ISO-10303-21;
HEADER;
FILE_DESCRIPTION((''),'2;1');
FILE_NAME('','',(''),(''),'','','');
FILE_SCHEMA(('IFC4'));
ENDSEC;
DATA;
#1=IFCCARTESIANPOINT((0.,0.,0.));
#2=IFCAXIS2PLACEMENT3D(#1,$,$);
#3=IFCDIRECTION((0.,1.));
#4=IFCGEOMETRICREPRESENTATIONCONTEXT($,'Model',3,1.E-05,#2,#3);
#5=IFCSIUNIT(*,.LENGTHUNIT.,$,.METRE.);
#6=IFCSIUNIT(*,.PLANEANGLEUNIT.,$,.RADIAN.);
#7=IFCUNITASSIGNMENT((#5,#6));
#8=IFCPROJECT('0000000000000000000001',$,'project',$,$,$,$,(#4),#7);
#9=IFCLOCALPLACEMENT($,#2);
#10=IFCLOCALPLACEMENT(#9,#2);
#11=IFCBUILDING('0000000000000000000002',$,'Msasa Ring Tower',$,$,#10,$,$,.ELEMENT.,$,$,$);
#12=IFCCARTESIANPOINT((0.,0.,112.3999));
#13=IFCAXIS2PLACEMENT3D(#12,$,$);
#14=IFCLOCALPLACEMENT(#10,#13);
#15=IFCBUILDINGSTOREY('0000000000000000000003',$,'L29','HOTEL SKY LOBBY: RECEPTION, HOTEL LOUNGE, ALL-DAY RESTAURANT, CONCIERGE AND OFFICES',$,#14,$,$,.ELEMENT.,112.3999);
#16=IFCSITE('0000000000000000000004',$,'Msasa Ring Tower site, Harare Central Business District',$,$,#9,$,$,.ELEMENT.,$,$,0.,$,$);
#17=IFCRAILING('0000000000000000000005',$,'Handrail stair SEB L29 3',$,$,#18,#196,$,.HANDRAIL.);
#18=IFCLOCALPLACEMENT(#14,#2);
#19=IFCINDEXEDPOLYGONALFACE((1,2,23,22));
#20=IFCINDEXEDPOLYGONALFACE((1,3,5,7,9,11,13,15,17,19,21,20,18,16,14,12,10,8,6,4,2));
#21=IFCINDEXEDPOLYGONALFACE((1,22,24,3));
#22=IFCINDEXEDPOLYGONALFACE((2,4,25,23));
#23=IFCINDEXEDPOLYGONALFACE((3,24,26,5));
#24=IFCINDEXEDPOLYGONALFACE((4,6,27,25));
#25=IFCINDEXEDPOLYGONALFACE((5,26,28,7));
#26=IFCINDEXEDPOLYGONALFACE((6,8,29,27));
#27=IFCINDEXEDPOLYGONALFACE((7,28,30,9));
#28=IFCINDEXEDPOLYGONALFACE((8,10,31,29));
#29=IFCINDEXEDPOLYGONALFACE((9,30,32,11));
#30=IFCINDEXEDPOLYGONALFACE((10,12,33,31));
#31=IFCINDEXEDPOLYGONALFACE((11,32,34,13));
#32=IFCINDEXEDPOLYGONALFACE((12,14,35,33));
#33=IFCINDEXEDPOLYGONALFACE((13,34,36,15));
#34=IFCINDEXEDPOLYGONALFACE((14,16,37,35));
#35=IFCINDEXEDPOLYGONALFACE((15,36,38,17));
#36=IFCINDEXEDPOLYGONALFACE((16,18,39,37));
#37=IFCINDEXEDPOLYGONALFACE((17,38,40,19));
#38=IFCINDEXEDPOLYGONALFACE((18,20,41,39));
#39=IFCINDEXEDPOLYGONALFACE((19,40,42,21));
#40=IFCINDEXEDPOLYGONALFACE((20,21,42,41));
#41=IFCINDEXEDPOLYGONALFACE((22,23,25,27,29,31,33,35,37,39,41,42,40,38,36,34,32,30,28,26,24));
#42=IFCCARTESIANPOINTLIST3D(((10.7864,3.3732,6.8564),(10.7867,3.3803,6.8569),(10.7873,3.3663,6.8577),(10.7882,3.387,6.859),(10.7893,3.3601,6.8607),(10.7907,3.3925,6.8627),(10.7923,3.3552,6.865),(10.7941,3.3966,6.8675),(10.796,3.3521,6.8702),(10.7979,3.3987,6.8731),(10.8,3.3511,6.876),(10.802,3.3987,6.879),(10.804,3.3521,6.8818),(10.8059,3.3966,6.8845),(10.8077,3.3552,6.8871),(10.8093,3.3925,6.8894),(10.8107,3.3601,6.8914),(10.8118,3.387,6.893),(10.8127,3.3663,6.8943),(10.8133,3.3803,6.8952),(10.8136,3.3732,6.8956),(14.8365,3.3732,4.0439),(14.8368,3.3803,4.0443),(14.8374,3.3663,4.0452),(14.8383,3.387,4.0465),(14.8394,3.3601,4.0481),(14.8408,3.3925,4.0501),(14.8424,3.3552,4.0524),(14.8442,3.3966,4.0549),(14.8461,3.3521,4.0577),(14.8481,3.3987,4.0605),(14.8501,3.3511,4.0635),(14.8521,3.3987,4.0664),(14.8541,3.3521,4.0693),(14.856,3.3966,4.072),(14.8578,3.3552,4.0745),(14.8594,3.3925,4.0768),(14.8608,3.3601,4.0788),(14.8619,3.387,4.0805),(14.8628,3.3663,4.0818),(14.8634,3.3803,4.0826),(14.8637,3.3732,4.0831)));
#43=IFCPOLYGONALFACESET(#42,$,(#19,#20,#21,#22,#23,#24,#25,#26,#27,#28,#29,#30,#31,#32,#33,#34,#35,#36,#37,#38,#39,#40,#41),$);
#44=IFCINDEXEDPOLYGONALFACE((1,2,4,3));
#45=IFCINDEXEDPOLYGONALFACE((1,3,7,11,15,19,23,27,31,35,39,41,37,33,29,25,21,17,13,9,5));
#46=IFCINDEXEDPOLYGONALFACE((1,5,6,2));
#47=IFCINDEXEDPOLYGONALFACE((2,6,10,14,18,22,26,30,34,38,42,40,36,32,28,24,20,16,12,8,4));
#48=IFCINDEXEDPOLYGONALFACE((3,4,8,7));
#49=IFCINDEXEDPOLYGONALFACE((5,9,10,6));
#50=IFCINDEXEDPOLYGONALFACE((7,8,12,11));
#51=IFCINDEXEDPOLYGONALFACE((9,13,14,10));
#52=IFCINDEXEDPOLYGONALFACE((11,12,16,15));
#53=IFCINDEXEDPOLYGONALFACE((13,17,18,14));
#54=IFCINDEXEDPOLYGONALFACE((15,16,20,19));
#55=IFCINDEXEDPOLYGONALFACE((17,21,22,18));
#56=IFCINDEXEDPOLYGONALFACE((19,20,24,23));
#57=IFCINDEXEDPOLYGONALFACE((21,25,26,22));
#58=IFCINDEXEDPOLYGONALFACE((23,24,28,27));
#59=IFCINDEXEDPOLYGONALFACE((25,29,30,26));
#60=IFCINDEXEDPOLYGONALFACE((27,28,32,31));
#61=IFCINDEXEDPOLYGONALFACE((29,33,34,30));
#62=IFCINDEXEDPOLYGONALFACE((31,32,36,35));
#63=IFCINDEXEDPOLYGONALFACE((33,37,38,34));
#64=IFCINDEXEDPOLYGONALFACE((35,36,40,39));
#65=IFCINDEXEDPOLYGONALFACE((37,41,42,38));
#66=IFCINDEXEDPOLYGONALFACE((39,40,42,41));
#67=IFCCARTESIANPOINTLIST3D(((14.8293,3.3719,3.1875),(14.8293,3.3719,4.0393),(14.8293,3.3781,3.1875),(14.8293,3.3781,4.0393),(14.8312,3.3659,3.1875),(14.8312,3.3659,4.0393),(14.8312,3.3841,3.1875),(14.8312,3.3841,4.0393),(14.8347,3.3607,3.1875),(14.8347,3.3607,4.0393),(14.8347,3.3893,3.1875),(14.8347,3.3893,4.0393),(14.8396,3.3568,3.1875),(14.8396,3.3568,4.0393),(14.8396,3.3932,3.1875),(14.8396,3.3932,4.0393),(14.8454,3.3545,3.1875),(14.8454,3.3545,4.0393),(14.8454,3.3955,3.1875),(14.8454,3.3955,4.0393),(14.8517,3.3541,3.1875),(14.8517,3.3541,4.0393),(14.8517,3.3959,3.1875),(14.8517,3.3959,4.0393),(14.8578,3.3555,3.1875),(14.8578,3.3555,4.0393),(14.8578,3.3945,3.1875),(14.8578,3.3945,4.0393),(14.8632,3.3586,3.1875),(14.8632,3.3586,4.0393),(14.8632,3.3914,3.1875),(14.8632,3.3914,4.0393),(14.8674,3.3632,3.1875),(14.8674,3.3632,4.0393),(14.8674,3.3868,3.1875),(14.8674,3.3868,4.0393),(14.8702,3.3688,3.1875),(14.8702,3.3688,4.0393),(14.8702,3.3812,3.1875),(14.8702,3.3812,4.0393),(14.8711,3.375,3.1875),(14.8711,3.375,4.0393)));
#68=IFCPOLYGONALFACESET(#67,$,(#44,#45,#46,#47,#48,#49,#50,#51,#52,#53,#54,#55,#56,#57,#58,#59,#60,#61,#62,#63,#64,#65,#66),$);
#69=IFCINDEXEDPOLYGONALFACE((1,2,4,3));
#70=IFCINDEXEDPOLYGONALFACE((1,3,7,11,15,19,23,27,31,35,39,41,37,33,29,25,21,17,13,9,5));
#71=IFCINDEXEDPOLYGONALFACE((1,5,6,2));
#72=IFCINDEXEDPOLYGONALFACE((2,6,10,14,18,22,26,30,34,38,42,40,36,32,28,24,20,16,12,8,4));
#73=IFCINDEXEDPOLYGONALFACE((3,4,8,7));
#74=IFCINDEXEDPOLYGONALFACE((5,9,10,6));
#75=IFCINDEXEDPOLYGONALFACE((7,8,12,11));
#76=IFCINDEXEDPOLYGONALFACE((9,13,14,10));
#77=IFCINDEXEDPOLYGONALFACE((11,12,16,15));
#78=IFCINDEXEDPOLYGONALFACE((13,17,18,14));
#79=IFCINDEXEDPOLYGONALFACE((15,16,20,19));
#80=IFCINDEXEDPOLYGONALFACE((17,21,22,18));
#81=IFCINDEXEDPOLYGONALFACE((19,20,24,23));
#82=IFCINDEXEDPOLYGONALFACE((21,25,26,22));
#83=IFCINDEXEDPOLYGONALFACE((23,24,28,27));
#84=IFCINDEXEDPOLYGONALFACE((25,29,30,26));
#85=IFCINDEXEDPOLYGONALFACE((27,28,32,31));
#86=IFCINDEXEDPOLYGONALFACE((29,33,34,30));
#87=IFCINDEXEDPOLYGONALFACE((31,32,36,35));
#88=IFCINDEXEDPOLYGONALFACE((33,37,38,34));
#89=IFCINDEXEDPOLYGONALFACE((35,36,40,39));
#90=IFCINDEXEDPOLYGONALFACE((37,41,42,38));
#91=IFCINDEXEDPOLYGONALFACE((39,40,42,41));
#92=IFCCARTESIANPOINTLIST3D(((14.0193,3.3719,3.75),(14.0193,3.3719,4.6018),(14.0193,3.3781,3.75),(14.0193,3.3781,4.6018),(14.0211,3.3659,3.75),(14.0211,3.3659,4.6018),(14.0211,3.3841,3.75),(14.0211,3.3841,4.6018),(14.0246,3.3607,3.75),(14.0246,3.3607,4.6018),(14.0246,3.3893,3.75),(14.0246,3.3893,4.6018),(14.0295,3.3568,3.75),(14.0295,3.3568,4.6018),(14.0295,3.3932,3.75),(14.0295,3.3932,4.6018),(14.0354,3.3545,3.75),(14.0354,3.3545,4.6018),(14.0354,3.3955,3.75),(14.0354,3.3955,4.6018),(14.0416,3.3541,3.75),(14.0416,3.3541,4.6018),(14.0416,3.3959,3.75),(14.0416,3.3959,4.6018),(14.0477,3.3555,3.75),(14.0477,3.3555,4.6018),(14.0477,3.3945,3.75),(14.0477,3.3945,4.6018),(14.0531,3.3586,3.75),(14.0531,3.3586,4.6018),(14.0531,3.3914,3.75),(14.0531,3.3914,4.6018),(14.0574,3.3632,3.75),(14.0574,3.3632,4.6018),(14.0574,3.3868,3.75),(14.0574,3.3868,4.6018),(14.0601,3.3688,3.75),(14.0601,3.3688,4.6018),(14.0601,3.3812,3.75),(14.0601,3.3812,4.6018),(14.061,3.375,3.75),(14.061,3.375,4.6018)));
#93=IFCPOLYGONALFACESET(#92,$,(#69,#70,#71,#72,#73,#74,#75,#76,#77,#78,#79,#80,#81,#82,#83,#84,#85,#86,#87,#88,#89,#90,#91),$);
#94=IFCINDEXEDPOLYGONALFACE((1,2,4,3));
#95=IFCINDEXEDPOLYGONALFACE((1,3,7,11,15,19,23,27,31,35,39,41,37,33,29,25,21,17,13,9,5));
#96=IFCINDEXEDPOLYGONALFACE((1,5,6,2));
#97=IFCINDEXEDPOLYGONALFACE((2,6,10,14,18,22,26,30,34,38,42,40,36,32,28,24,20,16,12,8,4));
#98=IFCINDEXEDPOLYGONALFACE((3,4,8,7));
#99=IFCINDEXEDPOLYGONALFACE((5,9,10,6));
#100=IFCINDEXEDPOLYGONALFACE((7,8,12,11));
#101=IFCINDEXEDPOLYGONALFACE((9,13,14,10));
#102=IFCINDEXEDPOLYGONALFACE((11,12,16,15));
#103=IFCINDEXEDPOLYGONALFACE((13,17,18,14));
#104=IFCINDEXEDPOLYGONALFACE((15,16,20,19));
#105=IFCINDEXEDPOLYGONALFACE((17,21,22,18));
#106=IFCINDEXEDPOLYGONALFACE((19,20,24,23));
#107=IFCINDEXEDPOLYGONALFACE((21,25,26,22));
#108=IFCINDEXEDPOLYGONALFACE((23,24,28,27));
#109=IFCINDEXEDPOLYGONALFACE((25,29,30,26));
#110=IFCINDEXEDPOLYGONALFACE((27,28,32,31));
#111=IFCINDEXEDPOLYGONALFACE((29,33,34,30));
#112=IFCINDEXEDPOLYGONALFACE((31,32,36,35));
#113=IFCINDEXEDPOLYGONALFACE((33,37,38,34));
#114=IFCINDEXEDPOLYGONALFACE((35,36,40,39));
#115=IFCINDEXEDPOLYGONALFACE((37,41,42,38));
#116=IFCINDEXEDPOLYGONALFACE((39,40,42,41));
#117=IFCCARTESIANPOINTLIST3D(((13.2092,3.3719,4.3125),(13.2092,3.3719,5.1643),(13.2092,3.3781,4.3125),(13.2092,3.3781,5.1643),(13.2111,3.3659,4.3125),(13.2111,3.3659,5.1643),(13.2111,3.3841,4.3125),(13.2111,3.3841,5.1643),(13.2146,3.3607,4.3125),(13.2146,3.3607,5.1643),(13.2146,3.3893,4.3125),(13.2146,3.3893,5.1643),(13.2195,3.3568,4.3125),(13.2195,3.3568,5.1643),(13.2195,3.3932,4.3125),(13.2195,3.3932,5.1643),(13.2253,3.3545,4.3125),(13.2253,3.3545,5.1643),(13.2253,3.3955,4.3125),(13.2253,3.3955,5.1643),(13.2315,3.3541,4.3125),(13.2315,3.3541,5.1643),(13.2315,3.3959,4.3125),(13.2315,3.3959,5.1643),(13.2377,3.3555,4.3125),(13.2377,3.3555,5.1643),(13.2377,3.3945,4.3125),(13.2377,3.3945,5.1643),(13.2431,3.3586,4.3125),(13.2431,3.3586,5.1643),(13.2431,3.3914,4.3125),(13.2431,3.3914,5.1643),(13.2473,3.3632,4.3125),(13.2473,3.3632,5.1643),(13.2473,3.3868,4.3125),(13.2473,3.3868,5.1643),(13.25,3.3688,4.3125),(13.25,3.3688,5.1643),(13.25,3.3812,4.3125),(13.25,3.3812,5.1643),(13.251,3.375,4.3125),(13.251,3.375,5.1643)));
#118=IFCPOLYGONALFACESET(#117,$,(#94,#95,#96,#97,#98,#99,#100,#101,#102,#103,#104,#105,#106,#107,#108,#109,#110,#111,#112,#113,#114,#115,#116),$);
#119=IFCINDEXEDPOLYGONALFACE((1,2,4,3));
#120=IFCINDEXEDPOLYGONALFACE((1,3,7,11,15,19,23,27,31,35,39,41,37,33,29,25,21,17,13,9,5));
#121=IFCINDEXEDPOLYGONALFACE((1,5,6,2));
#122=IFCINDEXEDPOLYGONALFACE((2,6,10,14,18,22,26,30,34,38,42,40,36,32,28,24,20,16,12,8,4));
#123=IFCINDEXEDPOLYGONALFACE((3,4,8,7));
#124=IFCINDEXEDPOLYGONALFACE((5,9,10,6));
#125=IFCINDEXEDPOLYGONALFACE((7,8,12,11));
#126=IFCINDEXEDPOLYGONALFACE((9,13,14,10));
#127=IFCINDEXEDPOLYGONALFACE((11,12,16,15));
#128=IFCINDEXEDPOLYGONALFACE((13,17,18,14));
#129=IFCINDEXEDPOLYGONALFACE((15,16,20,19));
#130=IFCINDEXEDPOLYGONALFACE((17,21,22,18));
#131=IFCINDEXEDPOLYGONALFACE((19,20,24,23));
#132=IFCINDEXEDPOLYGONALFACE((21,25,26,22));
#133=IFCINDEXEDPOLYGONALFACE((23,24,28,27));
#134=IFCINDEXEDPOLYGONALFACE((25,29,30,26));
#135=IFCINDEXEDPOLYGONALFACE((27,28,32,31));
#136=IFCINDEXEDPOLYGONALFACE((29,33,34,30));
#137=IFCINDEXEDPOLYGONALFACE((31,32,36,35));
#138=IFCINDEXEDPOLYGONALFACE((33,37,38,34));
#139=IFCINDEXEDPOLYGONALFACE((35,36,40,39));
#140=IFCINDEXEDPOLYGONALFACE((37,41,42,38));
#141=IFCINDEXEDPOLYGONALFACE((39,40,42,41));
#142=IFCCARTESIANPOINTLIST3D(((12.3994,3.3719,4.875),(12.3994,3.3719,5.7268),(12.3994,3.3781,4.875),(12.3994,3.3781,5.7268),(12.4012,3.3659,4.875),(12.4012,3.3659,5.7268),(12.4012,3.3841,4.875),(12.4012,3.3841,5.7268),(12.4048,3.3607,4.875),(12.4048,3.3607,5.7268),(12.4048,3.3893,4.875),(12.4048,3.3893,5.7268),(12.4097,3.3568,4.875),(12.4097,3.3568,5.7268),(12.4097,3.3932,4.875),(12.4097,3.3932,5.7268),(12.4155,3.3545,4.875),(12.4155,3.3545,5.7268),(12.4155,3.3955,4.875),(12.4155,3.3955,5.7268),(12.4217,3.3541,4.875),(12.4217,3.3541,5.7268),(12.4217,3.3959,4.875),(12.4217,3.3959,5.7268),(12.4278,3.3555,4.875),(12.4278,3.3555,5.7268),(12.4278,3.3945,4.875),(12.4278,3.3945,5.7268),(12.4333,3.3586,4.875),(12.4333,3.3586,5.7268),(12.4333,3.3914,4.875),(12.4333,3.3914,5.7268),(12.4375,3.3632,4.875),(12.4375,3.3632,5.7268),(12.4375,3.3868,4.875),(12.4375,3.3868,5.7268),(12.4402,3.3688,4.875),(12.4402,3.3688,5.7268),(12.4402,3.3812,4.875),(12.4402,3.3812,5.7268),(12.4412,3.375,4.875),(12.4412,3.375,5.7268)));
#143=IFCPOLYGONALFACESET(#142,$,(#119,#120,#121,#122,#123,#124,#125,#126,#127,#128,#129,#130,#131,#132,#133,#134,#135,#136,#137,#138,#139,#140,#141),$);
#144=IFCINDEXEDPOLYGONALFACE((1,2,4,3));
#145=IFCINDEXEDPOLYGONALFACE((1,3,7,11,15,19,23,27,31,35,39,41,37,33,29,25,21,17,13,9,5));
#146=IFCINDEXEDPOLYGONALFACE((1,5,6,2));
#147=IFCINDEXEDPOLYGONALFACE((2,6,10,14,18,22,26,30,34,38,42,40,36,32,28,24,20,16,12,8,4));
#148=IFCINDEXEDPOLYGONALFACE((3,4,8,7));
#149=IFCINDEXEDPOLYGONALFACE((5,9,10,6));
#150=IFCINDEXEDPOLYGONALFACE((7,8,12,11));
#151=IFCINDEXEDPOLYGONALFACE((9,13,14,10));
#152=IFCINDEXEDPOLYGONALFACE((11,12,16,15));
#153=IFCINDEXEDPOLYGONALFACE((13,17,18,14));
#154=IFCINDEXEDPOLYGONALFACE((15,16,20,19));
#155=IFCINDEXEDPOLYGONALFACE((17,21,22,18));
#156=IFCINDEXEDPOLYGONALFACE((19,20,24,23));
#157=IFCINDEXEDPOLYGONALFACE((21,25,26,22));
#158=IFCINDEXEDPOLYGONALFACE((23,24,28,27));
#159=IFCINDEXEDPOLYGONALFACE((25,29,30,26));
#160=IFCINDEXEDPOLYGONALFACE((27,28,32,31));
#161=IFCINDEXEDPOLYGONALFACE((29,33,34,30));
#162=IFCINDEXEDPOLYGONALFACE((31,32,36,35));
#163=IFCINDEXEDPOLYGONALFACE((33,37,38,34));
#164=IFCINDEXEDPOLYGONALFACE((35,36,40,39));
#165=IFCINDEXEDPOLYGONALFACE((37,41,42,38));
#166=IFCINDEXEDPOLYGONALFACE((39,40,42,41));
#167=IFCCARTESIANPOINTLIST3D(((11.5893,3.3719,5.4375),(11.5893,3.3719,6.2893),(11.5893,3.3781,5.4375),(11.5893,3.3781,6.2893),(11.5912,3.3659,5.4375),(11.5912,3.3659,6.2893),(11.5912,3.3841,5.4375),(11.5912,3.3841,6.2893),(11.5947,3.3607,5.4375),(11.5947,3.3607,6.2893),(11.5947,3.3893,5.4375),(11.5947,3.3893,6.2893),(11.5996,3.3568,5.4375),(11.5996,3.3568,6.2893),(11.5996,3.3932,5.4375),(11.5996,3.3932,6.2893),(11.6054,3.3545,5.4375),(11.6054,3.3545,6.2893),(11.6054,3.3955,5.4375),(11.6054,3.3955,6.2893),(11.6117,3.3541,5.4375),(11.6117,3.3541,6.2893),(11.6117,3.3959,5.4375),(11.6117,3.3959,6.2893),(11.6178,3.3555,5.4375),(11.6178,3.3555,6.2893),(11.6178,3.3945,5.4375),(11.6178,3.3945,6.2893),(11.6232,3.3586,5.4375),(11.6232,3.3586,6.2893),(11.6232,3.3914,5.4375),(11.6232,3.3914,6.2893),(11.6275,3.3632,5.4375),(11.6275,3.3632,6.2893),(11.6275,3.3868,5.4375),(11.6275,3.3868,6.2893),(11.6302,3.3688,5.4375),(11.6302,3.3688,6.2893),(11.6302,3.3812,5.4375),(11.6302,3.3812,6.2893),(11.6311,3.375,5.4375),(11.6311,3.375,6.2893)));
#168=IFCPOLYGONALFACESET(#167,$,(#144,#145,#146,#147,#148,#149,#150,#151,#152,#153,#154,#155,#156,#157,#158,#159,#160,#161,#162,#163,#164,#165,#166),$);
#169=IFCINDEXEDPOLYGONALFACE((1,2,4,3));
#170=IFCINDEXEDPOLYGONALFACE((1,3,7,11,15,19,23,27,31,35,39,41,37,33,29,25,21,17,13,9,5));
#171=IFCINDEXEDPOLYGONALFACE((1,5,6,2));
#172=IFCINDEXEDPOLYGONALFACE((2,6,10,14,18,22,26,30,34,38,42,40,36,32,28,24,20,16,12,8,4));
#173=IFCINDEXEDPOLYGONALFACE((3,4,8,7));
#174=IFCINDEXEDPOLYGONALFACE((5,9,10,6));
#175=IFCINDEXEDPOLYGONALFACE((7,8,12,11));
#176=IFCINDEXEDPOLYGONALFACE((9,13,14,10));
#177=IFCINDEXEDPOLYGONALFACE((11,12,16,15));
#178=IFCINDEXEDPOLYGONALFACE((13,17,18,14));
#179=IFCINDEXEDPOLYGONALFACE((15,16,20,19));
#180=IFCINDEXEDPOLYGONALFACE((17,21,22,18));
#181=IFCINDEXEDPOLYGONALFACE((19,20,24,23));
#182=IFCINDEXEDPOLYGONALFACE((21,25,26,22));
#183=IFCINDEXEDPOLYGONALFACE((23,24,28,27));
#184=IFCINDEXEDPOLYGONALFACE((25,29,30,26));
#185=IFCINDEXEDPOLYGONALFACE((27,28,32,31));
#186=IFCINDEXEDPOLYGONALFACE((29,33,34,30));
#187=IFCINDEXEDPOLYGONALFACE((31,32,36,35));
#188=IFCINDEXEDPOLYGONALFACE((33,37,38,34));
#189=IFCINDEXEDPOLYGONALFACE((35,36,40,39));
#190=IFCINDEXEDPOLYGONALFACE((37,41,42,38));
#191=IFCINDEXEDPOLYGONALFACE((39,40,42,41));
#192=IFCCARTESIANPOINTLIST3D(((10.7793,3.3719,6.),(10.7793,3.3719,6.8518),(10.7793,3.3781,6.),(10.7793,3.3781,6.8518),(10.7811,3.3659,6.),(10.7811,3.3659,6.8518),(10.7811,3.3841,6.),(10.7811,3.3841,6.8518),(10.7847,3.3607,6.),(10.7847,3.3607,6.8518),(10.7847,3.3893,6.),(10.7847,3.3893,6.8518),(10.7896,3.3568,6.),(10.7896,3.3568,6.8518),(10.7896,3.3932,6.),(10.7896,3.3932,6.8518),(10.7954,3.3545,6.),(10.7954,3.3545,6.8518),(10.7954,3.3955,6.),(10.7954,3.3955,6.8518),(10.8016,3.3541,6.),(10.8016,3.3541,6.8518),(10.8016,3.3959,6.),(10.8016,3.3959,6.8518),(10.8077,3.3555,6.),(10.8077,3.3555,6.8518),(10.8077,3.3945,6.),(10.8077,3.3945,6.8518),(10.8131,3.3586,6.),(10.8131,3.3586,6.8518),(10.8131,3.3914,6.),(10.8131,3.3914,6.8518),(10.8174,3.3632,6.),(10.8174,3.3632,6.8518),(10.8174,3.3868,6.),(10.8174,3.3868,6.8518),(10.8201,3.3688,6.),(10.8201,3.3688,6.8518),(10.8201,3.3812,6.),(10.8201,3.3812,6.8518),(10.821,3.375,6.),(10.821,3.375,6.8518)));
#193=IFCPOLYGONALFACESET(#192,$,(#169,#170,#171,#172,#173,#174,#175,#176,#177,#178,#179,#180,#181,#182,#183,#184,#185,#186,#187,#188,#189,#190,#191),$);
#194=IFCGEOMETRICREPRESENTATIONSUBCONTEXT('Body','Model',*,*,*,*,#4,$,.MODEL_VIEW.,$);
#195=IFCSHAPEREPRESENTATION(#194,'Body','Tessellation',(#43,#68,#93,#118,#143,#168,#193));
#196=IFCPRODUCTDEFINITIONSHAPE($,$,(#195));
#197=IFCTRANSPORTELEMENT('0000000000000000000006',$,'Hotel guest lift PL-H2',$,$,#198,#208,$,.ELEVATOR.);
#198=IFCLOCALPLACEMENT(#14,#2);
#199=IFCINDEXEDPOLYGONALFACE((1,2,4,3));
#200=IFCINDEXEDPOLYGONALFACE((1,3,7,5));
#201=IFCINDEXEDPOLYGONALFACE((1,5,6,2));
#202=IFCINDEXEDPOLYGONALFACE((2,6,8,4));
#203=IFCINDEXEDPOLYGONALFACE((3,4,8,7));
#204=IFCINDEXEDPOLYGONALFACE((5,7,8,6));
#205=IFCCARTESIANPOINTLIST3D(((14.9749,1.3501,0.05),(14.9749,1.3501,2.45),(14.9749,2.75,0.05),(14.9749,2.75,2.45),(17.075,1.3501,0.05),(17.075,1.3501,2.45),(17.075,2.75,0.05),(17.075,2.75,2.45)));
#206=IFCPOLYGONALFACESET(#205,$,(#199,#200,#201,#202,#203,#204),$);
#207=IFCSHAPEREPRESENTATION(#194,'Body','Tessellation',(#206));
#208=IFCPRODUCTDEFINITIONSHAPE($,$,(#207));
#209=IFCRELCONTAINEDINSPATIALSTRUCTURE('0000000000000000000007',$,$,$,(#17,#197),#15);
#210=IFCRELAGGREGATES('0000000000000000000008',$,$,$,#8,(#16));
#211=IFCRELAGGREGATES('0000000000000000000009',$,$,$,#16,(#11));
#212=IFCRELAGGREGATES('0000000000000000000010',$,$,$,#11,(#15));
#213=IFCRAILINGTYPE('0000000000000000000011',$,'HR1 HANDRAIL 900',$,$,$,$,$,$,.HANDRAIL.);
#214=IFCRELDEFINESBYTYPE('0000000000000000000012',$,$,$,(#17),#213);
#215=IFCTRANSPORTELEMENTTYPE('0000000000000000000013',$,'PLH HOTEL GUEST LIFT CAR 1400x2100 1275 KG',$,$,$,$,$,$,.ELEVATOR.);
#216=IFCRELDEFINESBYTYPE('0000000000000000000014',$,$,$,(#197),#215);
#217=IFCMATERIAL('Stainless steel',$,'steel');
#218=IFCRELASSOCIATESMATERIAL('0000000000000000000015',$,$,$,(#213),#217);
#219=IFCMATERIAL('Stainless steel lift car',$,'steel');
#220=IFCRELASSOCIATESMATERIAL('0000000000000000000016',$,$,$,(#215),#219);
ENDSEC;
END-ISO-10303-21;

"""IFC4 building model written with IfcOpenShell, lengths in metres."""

from ifc_helpers import new_model, si_unit, direction, frame, origin, origin_2d, place, context, subcontext, project, spatial, rectangle, circle, extrude, material, type_object, element, save


model = new_model("IFC4")

# Units and contexts
model_context = context("Model", 3, precision=1e-05, world=origin(), true_north=direction((0.0, 1.0)))
body_context = subcontext(model_context, "Body", "Model", "MODEL_VIEW")
ifc_project = project(units=[si_unit("LENGTHUNIT", "METRE"), si_unit("PLANEANGLEUNIT", "RADIAN")], contexts=[model_context])

# Site, building, storey
site_placement = place(None, origin())
site = spatial("IfcSite", under=ifc_project, at=site_placement, Name="Msasa Ring Tower site, Harare Central Business District", CompositionType="ELEMENT", RefElevation=0.0)
building_placement = place(site_placement, origin())
building = spatial("IfcBuilding", under=site, at=building_placement, Name="Msasa Ring Tower", CompositionType="ELEMENT")
storey_placement = place(building_placement, frame((0.0, 0.0, 112.3999)))
storey = spatial("IfcBuildingStorey", under=building, at=storey_placement, Name="L29", Description="HOTEL SKY LOBBY: RECEPTION, HOTEL LOUNGE, ALL-DAY RESTAURANT, CONCIERGE AND OFFICES", CompositionType="ELEMENT", Elevation=112.3999)

# Railing
ifc_material_1 = material(Name="Stainless steel", Category="steel")
railing_type = type_object("IfcRailingType", Name="HR1 HANDRAIL 900", PredefinedType="HANDRAIL", material=ifc_material_1)
railing_placement = place(storey_placement, frame((14.8501, 3.375, 3.1875)))
element("IfcRailing", 1, at=railing_placement, inside=storey, type_object=railing_type, Name="Handrail stair SEB L29 3", PredefinedType="HANDRAIL", context=body_context, shape_type="SweptSolid", body=[
    extrude(circle(Radius=0.0239, at=origin_2d()), frame((0.0, 0.0, 0.876), z_axis=(-0.821373, 0.0, 0.570391), x_axis=(0.0, -1.0, 0.0)), (0.0, 0.0, 1.0), 4.9309),
    extrude(circle(Radius=0.021, at=origin_2d()), origin(), (0.0, 0.0, 1.0), 0.8518),
    extrude(circle(Radius=0.021, at=origin_2d()), frame((-0.8101, 0.0, 0.5625)), (0.0, 0.0, 1.0), 0.8518),
    extrude(circle(Radius=0.021, at=origin_2d()), frame((-1.6201, 0.0, 1.125)), (0.0, 0.0, 1.0), 0.8518),
    extrude(circle(Radius=0.021, at=origin_2d()), frame((-2.4299, 0.0, 1.6875)), (0.0, 0.0, 1.0), 0.8518),
    extrude(circle(Radius=0.021, at=origin_2d()), frame((-3.24, 0.0, 2.25)), (0.0, 0.0, 1.0), 0.8518),
    extrude(circle(Radius=0.021, at=origin_2d()), frame((-4.05, 0.0, 2.8125)), (0.0, 0.0, 1.0), 0.8518),
])

# Transport element
ifc_material_2 = material(Name="Stainless steel lift car", Category="steel")
transport_element_type = type_object("IfcTransportElementType", Name="PLH HOTEL GUEST LIFT CAR 1400x2100 1275 KG", PredefinedType="ELEVATOR", material=ifc_material_2)
transport_element_placement = place(storey_placement, frame((16.0249, 2.05, 0.05), z_axis=(0.0, 0.0, 1.0), x_axis=(1.0, 0.0, 0.0)))
element("IfcTransportElement", 2, at=transport_element_placement, inside=storey, type_object=transport_element_type, Name="Hotel guest lift PL-H2", PredefinedType="ELEVATOR", context=body_context, shape_type="SweptSolid", body=[
    extrude(rectangle(XDim=2.1001, YDim=1.3999, at=origin_2d()), origin(), (0.0, 0.0, 1.0), 2.3999),
])

save(model, "model.ifc")
